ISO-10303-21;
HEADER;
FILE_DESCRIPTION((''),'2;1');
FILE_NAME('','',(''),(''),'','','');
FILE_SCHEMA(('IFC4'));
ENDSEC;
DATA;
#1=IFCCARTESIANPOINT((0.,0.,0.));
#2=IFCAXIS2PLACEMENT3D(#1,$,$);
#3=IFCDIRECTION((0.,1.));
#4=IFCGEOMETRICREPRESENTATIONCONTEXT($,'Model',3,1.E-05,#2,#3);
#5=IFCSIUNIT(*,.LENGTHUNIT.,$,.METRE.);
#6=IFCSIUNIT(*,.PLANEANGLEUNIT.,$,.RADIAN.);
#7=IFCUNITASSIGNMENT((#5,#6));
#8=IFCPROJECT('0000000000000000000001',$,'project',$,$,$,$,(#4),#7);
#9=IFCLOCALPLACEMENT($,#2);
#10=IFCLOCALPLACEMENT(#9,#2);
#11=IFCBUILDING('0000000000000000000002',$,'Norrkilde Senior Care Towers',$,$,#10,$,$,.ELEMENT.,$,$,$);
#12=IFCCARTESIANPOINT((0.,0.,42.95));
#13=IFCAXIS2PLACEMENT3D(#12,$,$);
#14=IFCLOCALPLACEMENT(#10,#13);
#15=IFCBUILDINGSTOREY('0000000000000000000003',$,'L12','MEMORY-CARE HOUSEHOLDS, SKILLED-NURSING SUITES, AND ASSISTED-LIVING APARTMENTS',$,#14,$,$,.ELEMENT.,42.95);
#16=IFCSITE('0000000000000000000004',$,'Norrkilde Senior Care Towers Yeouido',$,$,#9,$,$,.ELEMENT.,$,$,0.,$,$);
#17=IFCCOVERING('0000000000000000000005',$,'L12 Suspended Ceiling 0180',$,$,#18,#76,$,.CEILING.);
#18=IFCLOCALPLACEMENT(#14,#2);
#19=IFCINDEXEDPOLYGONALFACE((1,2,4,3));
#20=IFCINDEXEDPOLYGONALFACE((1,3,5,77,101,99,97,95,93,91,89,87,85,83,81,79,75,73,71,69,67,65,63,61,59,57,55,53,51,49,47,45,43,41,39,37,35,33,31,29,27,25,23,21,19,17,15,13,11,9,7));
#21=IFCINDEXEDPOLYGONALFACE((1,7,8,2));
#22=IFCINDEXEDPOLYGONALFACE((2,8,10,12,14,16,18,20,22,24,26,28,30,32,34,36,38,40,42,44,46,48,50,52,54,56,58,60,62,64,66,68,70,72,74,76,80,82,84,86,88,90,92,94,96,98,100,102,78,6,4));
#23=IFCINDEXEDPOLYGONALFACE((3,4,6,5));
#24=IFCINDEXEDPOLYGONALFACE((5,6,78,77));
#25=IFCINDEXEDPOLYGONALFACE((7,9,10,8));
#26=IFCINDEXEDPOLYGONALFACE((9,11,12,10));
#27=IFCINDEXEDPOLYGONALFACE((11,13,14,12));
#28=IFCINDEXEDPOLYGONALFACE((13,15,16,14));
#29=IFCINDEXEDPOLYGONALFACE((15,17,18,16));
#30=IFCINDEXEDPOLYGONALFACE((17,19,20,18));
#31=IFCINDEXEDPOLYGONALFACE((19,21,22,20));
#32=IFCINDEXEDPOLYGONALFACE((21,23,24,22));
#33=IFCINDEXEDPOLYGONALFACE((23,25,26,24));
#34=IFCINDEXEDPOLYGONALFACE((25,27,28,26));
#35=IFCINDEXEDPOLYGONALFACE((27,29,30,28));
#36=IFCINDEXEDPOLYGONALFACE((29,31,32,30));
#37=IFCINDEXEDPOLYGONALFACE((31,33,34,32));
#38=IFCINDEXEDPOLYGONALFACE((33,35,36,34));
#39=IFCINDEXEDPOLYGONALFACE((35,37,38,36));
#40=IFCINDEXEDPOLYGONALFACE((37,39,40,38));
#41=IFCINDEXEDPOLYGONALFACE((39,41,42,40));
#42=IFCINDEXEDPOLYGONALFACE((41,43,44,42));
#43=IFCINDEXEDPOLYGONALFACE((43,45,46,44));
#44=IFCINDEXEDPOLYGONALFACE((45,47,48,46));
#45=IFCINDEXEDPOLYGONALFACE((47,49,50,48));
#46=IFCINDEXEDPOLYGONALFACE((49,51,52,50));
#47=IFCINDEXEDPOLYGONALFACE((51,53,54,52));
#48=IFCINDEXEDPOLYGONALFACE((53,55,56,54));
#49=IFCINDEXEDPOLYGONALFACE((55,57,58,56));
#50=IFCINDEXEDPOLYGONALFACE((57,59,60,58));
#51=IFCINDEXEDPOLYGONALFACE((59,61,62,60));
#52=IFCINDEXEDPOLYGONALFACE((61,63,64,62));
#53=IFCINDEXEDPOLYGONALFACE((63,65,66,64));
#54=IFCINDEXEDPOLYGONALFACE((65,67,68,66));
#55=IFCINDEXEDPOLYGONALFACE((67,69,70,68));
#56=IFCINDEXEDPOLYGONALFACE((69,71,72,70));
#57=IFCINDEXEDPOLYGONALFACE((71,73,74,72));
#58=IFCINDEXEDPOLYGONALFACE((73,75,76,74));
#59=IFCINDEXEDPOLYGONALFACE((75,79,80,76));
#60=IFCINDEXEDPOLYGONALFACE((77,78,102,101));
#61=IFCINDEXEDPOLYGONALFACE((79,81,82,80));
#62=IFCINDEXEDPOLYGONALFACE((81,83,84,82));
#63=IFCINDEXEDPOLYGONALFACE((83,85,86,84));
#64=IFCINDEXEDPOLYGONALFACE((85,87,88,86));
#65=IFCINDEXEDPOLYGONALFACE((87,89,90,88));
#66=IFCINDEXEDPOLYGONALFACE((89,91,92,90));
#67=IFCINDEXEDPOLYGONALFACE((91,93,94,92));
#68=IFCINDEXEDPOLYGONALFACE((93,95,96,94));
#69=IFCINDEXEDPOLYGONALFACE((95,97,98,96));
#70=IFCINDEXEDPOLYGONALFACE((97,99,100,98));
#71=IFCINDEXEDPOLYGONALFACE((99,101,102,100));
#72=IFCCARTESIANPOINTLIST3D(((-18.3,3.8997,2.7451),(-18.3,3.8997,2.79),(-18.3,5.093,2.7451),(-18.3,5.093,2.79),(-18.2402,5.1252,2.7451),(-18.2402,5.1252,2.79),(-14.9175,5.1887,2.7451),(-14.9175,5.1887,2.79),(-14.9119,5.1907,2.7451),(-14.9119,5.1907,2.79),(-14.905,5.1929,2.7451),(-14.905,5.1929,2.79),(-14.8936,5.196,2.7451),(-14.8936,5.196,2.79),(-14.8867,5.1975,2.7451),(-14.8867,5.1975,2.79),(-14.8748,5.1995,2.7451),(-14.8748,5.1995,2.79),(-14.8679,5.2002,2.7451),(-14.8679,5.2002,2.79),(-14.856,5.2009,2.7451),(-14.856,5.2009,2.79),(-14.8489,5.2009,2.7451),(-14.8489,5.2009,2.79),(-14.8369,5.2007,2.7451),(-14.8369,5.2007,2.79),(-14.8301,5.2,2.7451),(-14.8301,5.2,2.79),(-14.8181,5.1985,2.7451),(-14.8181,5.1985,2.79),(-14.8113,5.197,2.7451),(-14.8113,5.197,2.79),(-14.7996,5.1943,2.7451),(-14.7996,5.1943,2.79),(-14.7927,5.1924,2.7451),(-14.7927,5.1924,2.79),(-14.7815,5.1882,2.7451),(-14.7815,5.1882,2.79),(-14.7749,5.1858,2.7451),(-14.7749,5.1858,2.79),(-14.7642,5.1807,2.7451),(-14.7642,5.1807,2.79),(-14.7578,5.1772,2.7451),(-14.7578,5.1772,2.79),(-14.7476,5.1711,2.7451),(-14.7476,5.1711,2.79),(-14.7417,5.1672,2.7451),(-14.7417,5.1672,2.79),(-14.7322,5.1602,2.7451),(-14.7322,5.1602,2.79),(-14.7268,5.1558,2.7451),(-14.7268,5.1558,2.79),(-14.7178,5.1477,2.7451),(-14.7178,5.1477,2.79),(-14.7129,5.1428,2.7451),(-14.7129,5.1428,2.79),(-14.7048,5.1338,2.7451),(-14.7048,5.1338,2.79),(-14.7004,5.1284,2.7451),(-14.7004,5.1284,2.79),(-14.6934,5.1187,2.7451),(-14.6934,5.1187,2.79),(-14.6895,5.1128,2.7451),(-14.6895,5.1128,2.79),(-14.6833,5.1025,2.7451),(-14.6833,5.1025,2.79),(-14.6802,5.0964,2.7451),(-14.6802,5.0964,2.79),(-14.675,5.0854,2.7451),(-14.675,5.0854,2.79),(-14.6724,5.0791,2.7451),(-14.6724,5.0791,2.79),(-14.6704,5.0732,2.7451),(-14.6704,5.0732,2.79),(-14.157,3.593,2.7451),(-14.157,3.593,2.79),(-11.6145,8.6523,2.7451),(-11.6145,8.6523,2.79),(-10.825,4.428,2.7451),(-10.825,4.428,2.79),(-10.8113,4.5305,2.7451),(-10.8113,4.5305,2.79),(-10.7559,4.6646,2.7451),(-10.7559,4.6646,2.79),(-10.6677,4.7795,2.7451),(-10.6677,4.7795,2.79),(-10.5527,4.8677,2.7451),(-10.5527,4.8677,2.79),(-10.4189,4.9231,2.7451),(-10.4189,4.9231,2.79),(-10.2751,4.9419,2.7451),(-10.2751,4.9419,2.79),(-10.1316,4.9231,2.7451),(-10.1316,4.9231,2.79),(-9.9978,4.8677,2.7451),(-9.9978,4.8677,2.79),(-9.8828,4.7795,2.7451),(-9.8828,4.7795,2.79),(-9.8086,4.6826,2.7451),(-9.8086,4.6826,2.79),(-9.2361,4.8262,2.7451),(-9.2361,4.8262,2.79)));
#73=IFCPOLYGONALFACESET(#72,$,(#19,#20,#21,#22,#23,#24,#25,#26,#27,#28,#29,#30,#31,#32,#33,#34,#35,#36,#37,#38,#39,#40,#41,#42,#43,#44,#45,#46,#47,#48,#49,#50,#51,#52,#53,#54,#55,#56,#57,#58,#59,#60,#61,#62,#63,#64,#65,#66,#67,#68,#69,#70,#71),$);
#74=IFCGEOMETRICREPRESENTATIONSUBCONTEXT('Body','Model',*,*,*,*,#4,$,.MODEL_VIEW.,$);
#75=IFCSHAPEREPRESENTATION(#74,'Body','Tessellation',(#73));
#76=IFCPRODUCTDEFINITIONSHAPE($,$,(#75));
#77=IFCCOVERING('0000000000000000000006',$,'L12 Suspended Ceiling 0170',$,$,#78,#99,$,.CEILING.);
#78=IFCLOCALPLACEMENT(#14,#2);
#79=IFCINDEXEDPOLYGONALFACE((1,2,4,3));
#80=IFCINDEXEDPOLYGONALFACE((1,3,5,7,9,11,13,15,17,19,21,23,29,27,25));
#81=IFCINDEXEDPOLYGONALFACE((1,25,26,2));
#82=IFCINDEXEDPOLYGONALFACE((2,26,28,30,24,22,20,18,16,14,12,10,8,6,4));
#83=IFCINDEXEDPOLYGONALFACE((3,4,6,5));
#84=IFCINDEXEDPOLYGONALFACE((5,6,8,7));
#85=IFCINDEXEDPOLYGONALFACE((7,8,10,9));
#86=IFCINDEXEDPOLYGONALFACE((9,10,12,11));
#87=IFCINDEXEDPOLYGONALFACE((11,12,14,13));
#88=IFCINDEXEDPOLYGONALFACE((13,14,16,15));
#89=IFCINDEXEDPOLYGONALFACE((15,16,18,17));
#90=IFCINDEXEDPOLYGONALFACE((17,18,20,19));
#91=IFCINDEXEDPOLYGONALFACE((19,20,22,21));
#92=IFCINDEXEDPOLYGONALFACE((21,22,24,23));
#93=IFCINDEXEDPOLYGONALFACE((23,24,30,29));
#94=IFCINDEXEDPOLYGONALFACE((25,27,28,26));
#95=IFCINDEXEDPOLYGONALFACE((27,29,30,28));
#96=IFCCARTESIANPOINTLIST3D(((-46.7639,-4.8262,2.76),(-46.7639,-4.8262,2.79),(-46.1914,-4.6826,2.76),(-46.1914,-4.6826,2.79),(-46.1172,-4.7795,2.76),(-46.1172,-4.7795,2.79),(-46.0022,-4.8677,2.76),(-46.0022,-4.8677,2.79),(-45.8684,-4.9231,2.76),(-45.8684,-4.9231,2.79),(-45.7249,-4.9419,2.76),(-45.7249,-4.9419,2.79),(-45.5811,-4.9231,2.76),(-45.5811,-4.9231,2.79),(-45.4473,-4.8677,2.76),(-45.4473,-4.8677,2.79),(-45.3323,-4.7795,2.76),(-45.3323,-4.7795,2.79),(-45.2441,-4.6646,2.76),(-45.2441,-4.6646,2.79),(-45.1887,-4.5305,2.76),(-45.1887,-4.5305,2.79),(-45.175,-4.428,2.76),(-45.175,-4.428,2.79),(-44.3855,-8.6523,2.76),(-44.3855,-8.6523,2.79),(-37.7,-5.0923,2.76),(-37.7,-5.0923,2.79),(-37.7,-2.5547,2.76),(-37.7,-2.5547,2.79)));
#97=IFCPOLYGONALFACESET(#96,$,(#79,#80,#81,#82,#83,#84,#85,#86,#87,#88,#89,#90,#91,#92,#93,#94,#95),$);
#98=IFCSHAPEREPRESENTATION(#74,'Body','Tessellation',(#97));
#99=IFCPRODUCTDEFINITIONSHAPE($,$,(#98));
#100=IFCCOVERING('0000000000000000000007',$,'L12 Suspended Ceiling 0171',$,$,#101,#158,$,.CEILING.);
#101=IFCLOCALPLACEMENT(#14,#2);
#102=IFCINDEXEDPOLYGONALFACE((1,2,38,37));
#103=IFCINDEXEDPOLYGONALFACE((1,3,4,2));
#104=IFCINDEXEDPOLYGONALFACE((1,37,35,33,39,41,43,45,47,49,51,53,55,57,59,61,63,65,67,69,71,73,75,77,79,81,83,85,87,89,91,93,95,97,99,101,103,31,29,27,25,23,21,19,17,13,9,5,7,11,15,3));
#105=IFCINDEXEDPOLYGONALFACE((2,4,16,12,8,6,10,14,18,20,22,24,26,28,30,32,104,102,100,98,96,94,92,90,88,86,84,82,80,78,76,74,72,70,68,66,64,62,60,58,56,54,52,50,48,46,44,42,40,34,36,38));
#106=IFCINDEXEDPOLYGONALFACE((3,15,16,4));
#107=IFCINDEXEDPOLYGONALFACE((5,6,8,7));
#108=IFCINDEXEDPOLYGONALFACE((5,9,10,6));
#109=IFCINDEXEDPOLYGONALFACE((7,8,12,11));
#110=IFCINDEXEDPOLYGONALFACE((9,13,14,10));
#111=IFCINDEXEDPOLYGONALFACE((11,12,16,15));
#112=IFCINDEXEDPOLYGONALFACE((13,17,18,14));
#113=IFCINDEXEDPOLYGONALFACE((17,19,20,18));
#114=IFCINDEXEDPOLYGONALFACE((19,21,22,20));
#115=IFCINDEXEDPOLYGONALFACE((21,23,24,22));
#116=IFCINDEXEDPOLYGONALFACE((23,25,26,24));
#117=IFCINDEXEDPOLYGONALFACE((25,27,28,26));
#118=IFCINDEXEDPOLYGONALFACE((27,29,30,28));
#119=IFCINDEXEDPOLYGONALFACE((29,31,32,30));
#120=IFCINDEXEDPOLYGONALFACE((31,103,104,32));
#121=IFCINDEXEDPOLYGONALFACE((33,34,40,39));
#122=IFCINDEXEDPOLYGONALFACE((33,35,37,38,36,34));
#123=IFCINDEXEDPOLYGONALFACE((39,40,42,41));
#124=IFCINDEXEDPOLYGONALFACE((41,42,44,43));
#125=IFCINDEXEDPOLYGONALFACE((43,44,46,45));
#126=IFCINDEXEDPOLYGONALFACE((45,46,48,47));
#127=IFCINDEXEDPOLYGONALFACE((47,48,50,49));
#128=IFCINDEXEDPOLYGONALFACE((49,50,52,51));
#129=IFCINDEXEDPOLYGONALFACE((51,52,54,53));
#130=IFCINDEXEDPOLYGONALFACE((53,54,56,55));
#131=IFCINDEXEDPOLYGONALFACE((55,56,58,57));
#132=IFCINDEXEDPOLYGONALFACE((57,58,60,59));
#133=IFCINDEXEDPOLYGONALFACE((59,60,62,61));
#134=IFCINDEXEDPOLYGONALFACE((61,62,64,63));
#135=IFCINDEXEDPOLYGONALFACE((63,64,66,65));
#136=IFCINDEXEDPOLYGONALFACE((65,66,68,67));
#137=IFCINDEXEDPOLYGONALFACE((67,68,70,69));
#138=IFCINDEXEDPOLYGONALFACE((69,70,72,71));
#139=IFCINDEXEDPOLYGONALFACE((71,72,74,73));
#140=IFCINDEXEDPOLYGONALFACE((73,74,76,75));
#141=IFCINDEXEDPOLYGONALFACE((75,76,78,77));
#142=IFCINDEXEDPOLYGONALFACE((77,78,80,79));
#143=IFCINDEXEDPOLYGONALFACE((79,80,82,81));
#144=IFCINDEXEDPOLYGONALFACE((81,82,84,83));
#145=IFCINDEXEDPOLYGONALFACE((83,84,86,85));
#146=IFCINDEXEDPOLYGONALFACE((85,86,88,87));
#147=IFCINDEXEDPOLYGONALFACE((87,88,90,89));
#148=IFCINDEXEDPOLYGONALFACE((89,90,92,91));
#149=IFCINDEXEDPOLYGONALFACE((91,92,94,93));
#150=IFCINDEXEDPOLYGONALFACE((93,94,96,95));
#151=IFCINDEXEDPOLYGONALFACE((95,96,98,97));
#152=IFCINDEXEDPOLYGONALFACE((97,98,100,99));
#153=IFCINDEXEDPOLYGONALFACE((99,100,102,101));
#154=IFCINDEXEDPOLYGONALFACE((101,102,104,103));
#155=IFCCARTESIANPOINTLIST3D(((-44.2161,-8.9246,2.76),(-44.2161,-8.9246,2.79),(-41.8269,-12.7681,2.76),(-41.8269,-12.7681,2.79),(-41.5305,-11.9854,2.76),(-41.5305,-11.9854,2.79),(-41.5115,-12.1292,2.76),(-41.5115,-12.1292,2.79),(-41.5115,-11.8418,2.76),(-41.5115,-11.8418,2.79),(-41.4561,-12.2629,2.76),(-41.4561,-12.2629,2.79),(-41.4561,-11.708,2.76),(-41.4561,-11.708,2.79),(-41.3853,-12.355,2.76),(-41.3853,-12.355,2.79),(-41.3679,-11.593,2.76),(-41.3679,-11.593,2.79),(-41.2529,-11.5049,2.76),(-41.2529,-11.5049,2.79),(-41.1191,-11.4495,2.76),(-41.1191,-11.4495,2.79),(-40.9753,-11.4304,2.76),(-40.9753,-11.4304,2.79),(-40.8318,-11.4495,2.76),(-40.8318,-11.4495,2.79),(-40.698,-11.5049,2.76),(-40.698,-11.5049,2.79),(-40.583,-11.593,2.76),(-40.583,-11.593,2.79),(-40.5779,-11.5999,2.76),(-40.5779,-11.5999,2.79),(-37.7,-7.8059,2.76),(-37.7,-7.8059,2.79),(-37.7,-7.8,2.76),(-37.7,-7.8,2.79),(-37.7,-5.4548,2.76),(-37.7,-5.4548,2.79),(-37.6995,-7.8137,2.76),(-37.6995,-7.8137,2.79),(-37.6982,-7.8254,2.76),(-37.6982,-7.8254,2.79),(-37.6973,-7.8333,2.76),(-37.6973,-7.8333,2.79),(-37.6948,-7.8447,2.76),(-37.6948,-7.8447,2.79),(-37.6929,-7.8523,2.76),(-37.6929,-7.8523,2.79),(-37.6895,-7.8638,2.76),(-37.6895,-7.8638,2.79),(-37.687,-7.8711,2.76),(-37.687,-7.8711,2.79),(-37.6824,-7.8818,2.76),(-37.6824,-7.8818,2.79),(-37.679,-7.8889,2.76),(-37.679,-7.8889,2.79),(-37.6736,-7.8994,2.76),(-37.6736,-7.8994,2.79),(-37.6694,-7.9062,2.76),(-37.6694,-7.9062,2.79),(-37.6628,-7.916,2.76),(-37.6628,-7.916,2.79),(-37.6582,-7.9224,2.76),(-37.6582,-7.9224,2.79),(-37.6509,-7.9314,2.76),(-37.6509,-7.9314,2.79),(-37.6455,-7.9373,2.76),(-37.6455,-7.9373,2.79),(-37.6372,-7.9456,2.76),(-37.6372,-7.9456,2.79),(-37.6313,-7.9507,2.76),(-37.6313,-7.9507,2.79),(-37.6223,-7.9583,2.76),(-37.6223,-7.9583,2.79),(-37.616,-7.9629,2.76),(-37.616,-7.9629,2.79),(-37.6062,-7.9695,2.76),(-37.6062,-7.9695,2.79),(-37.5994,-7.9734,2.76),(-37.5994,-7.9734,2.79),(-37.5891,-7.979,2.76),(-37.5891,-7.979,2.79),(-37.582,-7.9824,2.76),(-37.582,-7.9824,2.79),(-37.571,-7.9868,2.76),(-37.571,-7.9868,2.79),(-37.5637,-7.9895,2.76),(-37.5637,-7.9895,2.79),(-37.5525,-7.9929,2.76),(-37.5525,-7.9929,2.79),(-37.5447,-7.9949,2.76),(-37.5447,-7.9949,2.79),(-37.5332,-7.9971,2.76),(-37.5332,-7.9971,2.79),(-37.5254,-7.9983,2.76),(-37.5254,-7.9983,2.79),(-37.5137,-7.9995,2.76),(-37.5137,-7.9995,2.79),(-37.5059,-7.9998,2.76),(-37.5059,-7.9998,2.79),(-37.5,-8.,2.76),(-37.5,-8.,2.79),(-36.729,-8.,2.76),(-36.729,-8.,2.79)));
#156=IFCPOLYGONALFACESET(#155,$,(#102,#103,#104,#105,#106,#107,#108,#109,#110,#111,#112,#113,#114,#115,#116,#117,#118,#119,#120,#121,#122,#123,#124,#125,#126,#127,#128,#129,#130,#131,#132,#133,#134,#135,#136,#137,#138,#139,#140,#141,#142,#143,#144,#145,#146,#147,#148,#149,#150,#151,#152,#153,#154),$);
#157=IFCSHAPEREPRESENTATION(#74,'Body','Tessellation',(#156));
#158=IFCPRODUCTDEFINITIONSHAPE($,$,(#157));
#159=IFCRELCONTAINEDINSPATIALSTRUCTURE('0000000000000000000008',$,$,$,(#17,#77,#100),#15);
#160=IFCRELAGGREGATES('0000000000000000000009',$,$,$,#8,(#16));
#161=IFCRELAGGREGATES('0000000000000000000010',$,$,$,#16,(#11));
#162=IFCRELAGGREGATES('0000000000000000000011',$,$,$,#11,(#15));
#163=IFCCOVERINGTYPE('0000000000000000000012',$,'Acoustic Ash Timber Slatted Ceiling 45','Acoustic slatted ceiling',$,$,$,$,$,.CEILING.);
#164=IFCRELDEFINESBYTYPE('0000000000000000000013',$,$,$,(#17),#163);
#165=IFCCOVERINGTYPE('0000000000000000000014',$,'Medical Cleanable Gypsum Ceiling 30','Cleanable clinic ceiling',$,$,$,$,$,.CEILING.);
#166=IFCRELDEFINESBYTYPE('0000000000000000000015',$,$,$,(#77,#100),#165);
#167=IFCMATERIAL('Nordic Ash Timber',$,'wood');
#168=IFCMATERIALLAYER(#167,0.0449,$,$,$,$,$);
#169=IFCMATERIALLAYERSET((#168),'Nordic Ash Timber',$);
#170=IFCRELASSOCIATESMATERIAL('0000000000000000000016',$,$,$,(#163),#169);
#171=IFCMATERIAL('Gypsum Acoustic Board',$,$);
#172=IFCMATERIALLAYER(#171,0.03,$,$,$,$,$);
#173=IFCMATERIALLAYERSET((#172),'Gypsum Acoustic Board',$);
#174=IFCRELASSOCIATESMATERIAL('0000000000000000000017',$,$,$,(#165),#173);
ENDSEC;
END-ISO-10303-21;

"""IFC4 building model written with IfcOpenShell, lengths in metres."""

from ifc_helpers import new_model, si_unit, direction, frame, origin, place, context, subcontext, project, spatial, polyline, outline, extrude, material, layer, layer_set, type_object, element, save


model = new_model("IFC4")

# Units and contexts
model_context = context("Model", 3, precision=1e-05, world=origin(), true_north=direction((0.0, 1.0)))
body_context = subcontext(model_context, "Body", "Model", "MODEL_VIEW")
ifc_project = project(units=[si_unit("LENGTHUNIT", "METRE"), si_unit("PLANEANGLEUNIT", "RADIAN")], contexts=[model_context])

# Site, building, storey
site_placement = place(None, origin())
site = spatial("IfcSite", under=ifc_project, at=site_placement, Name="Norrkilde Senior Care Towers Yeouido", CompositionType="ELEMENT", RefElevation=0.0)
building_placement = place(site_placement, origin())
building = spatial("IfcBuilding", under=site, at=building_placement, Name="Norrkilde Senior Care Towers", CompositionType="ELEMENT")
storey_placement = place(building_placement, frame((0.0, 0.0, 42.95)))
storey = spatial("IfcBuildingStorey", under=building, at=storey_placement, Name="L12", Description="MEMORY-CARE HOUSEHOLDS, SKILLED-NURSING SUITES, AND ASSISTED-LIVING APARTMENTS", CompositionType="ELEMENT", Elevation=42.95)

# Coverings
ifc_material_1 = material(Name="Nordic Ash Timber", Category="wood")
ifc_layer_1 = layer(ifc_material_1, 0.0449)
ifc_layer_set_1 = layer_set([ifc_layer_1], Name="Nordic Ash Timber")
covering_type_1 = type_object("IfcCoveringType", Name="Acoustic Ash Timber Slatted Ceiling 45", Description="Acoustic slatted ceiling", PredefinedType="CEILING", material=ifc_layer_set_1)
covering_1_placement = place(storey_placement, frame((0.0, 0.0, 2.7451)))
element("IfcCovering", 1, at=covering_1_placement, inside=storey, type_object=covering_type_1, Name="L12 Suspended Ceiling 0180", PredefinedType="CEILING", context=body_context, shape_type="SweptSolid", body=[
    extrude(outline(polyline([(-14.6895, 5.1128), (-14.6934, 5.1187), (-14.7004, 5.1284), (-14.7048, 5.1338), (-14.7129, 5.1428), (-14.7178, 5.1477), (-14.7268, 5.1558), (-14.7322, 5.1602), (-14.7417, 5.1672), (-14.7476, 5.1711), (-14.7578, 5.1772), (-14.7642, 5.1807), (-14.7749, 5.1858), (-14.7815, 5.1882), (-14.7927, 5.1924), (-14.7996, 5.1943), (-14.8113, 5.197), (-14.8181, 5.1985), (-14.8301, 5.2), (-14.8369, 5.2007), (-14.8489, 5.2009), (-14.856, 5.2009), (-14.8679, 5.2002), (-14.8748, 5.1995), (-14.8867, 5.1975), (-14.8936, 5.196), (-14.905, 5.1929), (-14.9119, 5.1907), (-14.9175, 5.1887), (-18.3, 3.8997), (-18.3, 5.093), (-18.2402, 5.1252), (-11.6145, 8.6523), (-9.2361, 4.8262), (-9.8086, 4.6826), (-9.8828, 4.7795), (-9.9978, 4.8677), (-10.1316, 4.9231), (-10.2751, 4.9419), (-10.4189, 4.9231), (-10.5527, 4.8677), (-10.6677, 4.7795), (-10.7559, 4.6646), (-10.8113, 4.5305), (-10.825, 4.428), (-14.157, 3.593), (-14.6704, 5.0732), (-14.6724, 5.0791), (-14.675, 5.0854), (-14.6802, 5.0964), (-14.6833, 5.1025), (-14.6895, 5.1128)])), origin(), (0.0, 0.0, 1.0), 0.0449),
])
ifc_material_2 = material(Name="Gypsum Acoustic Board")
ifc_layer_2 = layer(ifc_material_2, 0.03)
ifc_layer_set_2 = layer_set([ifc_layer_2], Name="Gypsum Acoustic Board")
covering_type_2 = type_object("IfcCoveringType", Name="Medical Cleanable Gypsum Ceiling 30", Description="Cleanable clinic ceiling", PredefinedType="CEILING", material=ifc_layer_set_2)
covering_2_placement = place(storey_placement, frame((0.0, 0.0, 2.76)))
element("IfcCovering", 2, at=covering_2_placement, inside=storey, type_object=covering_type_2, Name="L12 Suspended Ceiling 0170", PredefinedType="CEILING", context=body_context, shape_type="SweptSolid", body=[
    extrude(outline(polyline([(-46.1914, -4.6826), (-46.1172, -4.7795), (-46.0022, -4.8677), (-45.8684, -4.9231), (-45.7249, -4.9419), (-45.5811, -4.9231), (-45.4473, -4.8677), (-45.3323, -4.7795), (-45.2441, -4.6646), (-45.1887, -4.5305), (-45.175, -4.428), (-37.7, -2.5547), (-37.7, -5.0923), (-44.3855, -8.6523), (-46.7639, -4.8262), (-46.1914, -4.6826)])), origin(), (0.0, 0.0, 1.0), 0.03),
])
covering_3_placement = place(storey_placement, frame((0.0, 0.0, 2.76)))
element("IfcCovering", 3, at=covering_3_placement, inside=storey, type_object=covering_type_2, Name="L12 Suspended Ceiling 0171", PredefinedType="CEILING", context=body_context, shape_type="SweptSolid", body=[
    extrude(outline(polyline([(-37.6982, -7.8254), (-37.6973, -7.8333), (-37.6948, -7.8447), (-37.6929, -7.8523), (-37.6895, -7.8638), (-37.687, -7.8711), (-37.6824, -7.8818), (-37.679, -7.8889), (-37.6736, -7.8994), (-37.6694, -7.9062), (-37.6628, -7.916), (-37.6582, -7.9224), (-37.6509, -7.9314), (-37.6455, -7.9373), (-37.6372, -7.9456), (-37.6313, -7.9507), (-37.6223, -7.9583), (-37.616, -7.9629), (-37.6062, -7.9695), (-37.5994, -7.9734), (-37.5891, -7.979), (-37.582, -7.9824), (-37.571, -7.9868), (-37.5637, -7.9895), (-37.5525, -7.9929), (-37.5447, -7.9949), (-37.5332, -7.9971), (-37.5254, -7.9983), (-37.5137, -7.9995), (-37.5059, -7.9998), (-37.5, -8.0), (-36.729, -8.0), (-40.5779, -11.5999), (-40.583, -11.593), (-40.698, -11.5049), (-40.8318, -11.4495), (-40.9753, -11.4304), (-41.1191, -11.4495), (-41.2529, -11.5049), (-41.3679, -11.593), (-41.4561, -11.708), (-41.5115, -11.8418), (-41.5305, -11.9854), (-41.5115, -12.1292), (-41.4561, -12.2629), (-41.3853, -12.355), (-41.8269, -12.7681), (-44.2161, -8.9246), (-37.7, -5.4548), (-37.7, -7.8), (-37.7, -7.8059), (-37.6995, -7.8137), (-37.6982, -7.8254)])), origin(), (0.0, 0.0, 1.0), 0.03),
])

save(model, "model.ifc")
